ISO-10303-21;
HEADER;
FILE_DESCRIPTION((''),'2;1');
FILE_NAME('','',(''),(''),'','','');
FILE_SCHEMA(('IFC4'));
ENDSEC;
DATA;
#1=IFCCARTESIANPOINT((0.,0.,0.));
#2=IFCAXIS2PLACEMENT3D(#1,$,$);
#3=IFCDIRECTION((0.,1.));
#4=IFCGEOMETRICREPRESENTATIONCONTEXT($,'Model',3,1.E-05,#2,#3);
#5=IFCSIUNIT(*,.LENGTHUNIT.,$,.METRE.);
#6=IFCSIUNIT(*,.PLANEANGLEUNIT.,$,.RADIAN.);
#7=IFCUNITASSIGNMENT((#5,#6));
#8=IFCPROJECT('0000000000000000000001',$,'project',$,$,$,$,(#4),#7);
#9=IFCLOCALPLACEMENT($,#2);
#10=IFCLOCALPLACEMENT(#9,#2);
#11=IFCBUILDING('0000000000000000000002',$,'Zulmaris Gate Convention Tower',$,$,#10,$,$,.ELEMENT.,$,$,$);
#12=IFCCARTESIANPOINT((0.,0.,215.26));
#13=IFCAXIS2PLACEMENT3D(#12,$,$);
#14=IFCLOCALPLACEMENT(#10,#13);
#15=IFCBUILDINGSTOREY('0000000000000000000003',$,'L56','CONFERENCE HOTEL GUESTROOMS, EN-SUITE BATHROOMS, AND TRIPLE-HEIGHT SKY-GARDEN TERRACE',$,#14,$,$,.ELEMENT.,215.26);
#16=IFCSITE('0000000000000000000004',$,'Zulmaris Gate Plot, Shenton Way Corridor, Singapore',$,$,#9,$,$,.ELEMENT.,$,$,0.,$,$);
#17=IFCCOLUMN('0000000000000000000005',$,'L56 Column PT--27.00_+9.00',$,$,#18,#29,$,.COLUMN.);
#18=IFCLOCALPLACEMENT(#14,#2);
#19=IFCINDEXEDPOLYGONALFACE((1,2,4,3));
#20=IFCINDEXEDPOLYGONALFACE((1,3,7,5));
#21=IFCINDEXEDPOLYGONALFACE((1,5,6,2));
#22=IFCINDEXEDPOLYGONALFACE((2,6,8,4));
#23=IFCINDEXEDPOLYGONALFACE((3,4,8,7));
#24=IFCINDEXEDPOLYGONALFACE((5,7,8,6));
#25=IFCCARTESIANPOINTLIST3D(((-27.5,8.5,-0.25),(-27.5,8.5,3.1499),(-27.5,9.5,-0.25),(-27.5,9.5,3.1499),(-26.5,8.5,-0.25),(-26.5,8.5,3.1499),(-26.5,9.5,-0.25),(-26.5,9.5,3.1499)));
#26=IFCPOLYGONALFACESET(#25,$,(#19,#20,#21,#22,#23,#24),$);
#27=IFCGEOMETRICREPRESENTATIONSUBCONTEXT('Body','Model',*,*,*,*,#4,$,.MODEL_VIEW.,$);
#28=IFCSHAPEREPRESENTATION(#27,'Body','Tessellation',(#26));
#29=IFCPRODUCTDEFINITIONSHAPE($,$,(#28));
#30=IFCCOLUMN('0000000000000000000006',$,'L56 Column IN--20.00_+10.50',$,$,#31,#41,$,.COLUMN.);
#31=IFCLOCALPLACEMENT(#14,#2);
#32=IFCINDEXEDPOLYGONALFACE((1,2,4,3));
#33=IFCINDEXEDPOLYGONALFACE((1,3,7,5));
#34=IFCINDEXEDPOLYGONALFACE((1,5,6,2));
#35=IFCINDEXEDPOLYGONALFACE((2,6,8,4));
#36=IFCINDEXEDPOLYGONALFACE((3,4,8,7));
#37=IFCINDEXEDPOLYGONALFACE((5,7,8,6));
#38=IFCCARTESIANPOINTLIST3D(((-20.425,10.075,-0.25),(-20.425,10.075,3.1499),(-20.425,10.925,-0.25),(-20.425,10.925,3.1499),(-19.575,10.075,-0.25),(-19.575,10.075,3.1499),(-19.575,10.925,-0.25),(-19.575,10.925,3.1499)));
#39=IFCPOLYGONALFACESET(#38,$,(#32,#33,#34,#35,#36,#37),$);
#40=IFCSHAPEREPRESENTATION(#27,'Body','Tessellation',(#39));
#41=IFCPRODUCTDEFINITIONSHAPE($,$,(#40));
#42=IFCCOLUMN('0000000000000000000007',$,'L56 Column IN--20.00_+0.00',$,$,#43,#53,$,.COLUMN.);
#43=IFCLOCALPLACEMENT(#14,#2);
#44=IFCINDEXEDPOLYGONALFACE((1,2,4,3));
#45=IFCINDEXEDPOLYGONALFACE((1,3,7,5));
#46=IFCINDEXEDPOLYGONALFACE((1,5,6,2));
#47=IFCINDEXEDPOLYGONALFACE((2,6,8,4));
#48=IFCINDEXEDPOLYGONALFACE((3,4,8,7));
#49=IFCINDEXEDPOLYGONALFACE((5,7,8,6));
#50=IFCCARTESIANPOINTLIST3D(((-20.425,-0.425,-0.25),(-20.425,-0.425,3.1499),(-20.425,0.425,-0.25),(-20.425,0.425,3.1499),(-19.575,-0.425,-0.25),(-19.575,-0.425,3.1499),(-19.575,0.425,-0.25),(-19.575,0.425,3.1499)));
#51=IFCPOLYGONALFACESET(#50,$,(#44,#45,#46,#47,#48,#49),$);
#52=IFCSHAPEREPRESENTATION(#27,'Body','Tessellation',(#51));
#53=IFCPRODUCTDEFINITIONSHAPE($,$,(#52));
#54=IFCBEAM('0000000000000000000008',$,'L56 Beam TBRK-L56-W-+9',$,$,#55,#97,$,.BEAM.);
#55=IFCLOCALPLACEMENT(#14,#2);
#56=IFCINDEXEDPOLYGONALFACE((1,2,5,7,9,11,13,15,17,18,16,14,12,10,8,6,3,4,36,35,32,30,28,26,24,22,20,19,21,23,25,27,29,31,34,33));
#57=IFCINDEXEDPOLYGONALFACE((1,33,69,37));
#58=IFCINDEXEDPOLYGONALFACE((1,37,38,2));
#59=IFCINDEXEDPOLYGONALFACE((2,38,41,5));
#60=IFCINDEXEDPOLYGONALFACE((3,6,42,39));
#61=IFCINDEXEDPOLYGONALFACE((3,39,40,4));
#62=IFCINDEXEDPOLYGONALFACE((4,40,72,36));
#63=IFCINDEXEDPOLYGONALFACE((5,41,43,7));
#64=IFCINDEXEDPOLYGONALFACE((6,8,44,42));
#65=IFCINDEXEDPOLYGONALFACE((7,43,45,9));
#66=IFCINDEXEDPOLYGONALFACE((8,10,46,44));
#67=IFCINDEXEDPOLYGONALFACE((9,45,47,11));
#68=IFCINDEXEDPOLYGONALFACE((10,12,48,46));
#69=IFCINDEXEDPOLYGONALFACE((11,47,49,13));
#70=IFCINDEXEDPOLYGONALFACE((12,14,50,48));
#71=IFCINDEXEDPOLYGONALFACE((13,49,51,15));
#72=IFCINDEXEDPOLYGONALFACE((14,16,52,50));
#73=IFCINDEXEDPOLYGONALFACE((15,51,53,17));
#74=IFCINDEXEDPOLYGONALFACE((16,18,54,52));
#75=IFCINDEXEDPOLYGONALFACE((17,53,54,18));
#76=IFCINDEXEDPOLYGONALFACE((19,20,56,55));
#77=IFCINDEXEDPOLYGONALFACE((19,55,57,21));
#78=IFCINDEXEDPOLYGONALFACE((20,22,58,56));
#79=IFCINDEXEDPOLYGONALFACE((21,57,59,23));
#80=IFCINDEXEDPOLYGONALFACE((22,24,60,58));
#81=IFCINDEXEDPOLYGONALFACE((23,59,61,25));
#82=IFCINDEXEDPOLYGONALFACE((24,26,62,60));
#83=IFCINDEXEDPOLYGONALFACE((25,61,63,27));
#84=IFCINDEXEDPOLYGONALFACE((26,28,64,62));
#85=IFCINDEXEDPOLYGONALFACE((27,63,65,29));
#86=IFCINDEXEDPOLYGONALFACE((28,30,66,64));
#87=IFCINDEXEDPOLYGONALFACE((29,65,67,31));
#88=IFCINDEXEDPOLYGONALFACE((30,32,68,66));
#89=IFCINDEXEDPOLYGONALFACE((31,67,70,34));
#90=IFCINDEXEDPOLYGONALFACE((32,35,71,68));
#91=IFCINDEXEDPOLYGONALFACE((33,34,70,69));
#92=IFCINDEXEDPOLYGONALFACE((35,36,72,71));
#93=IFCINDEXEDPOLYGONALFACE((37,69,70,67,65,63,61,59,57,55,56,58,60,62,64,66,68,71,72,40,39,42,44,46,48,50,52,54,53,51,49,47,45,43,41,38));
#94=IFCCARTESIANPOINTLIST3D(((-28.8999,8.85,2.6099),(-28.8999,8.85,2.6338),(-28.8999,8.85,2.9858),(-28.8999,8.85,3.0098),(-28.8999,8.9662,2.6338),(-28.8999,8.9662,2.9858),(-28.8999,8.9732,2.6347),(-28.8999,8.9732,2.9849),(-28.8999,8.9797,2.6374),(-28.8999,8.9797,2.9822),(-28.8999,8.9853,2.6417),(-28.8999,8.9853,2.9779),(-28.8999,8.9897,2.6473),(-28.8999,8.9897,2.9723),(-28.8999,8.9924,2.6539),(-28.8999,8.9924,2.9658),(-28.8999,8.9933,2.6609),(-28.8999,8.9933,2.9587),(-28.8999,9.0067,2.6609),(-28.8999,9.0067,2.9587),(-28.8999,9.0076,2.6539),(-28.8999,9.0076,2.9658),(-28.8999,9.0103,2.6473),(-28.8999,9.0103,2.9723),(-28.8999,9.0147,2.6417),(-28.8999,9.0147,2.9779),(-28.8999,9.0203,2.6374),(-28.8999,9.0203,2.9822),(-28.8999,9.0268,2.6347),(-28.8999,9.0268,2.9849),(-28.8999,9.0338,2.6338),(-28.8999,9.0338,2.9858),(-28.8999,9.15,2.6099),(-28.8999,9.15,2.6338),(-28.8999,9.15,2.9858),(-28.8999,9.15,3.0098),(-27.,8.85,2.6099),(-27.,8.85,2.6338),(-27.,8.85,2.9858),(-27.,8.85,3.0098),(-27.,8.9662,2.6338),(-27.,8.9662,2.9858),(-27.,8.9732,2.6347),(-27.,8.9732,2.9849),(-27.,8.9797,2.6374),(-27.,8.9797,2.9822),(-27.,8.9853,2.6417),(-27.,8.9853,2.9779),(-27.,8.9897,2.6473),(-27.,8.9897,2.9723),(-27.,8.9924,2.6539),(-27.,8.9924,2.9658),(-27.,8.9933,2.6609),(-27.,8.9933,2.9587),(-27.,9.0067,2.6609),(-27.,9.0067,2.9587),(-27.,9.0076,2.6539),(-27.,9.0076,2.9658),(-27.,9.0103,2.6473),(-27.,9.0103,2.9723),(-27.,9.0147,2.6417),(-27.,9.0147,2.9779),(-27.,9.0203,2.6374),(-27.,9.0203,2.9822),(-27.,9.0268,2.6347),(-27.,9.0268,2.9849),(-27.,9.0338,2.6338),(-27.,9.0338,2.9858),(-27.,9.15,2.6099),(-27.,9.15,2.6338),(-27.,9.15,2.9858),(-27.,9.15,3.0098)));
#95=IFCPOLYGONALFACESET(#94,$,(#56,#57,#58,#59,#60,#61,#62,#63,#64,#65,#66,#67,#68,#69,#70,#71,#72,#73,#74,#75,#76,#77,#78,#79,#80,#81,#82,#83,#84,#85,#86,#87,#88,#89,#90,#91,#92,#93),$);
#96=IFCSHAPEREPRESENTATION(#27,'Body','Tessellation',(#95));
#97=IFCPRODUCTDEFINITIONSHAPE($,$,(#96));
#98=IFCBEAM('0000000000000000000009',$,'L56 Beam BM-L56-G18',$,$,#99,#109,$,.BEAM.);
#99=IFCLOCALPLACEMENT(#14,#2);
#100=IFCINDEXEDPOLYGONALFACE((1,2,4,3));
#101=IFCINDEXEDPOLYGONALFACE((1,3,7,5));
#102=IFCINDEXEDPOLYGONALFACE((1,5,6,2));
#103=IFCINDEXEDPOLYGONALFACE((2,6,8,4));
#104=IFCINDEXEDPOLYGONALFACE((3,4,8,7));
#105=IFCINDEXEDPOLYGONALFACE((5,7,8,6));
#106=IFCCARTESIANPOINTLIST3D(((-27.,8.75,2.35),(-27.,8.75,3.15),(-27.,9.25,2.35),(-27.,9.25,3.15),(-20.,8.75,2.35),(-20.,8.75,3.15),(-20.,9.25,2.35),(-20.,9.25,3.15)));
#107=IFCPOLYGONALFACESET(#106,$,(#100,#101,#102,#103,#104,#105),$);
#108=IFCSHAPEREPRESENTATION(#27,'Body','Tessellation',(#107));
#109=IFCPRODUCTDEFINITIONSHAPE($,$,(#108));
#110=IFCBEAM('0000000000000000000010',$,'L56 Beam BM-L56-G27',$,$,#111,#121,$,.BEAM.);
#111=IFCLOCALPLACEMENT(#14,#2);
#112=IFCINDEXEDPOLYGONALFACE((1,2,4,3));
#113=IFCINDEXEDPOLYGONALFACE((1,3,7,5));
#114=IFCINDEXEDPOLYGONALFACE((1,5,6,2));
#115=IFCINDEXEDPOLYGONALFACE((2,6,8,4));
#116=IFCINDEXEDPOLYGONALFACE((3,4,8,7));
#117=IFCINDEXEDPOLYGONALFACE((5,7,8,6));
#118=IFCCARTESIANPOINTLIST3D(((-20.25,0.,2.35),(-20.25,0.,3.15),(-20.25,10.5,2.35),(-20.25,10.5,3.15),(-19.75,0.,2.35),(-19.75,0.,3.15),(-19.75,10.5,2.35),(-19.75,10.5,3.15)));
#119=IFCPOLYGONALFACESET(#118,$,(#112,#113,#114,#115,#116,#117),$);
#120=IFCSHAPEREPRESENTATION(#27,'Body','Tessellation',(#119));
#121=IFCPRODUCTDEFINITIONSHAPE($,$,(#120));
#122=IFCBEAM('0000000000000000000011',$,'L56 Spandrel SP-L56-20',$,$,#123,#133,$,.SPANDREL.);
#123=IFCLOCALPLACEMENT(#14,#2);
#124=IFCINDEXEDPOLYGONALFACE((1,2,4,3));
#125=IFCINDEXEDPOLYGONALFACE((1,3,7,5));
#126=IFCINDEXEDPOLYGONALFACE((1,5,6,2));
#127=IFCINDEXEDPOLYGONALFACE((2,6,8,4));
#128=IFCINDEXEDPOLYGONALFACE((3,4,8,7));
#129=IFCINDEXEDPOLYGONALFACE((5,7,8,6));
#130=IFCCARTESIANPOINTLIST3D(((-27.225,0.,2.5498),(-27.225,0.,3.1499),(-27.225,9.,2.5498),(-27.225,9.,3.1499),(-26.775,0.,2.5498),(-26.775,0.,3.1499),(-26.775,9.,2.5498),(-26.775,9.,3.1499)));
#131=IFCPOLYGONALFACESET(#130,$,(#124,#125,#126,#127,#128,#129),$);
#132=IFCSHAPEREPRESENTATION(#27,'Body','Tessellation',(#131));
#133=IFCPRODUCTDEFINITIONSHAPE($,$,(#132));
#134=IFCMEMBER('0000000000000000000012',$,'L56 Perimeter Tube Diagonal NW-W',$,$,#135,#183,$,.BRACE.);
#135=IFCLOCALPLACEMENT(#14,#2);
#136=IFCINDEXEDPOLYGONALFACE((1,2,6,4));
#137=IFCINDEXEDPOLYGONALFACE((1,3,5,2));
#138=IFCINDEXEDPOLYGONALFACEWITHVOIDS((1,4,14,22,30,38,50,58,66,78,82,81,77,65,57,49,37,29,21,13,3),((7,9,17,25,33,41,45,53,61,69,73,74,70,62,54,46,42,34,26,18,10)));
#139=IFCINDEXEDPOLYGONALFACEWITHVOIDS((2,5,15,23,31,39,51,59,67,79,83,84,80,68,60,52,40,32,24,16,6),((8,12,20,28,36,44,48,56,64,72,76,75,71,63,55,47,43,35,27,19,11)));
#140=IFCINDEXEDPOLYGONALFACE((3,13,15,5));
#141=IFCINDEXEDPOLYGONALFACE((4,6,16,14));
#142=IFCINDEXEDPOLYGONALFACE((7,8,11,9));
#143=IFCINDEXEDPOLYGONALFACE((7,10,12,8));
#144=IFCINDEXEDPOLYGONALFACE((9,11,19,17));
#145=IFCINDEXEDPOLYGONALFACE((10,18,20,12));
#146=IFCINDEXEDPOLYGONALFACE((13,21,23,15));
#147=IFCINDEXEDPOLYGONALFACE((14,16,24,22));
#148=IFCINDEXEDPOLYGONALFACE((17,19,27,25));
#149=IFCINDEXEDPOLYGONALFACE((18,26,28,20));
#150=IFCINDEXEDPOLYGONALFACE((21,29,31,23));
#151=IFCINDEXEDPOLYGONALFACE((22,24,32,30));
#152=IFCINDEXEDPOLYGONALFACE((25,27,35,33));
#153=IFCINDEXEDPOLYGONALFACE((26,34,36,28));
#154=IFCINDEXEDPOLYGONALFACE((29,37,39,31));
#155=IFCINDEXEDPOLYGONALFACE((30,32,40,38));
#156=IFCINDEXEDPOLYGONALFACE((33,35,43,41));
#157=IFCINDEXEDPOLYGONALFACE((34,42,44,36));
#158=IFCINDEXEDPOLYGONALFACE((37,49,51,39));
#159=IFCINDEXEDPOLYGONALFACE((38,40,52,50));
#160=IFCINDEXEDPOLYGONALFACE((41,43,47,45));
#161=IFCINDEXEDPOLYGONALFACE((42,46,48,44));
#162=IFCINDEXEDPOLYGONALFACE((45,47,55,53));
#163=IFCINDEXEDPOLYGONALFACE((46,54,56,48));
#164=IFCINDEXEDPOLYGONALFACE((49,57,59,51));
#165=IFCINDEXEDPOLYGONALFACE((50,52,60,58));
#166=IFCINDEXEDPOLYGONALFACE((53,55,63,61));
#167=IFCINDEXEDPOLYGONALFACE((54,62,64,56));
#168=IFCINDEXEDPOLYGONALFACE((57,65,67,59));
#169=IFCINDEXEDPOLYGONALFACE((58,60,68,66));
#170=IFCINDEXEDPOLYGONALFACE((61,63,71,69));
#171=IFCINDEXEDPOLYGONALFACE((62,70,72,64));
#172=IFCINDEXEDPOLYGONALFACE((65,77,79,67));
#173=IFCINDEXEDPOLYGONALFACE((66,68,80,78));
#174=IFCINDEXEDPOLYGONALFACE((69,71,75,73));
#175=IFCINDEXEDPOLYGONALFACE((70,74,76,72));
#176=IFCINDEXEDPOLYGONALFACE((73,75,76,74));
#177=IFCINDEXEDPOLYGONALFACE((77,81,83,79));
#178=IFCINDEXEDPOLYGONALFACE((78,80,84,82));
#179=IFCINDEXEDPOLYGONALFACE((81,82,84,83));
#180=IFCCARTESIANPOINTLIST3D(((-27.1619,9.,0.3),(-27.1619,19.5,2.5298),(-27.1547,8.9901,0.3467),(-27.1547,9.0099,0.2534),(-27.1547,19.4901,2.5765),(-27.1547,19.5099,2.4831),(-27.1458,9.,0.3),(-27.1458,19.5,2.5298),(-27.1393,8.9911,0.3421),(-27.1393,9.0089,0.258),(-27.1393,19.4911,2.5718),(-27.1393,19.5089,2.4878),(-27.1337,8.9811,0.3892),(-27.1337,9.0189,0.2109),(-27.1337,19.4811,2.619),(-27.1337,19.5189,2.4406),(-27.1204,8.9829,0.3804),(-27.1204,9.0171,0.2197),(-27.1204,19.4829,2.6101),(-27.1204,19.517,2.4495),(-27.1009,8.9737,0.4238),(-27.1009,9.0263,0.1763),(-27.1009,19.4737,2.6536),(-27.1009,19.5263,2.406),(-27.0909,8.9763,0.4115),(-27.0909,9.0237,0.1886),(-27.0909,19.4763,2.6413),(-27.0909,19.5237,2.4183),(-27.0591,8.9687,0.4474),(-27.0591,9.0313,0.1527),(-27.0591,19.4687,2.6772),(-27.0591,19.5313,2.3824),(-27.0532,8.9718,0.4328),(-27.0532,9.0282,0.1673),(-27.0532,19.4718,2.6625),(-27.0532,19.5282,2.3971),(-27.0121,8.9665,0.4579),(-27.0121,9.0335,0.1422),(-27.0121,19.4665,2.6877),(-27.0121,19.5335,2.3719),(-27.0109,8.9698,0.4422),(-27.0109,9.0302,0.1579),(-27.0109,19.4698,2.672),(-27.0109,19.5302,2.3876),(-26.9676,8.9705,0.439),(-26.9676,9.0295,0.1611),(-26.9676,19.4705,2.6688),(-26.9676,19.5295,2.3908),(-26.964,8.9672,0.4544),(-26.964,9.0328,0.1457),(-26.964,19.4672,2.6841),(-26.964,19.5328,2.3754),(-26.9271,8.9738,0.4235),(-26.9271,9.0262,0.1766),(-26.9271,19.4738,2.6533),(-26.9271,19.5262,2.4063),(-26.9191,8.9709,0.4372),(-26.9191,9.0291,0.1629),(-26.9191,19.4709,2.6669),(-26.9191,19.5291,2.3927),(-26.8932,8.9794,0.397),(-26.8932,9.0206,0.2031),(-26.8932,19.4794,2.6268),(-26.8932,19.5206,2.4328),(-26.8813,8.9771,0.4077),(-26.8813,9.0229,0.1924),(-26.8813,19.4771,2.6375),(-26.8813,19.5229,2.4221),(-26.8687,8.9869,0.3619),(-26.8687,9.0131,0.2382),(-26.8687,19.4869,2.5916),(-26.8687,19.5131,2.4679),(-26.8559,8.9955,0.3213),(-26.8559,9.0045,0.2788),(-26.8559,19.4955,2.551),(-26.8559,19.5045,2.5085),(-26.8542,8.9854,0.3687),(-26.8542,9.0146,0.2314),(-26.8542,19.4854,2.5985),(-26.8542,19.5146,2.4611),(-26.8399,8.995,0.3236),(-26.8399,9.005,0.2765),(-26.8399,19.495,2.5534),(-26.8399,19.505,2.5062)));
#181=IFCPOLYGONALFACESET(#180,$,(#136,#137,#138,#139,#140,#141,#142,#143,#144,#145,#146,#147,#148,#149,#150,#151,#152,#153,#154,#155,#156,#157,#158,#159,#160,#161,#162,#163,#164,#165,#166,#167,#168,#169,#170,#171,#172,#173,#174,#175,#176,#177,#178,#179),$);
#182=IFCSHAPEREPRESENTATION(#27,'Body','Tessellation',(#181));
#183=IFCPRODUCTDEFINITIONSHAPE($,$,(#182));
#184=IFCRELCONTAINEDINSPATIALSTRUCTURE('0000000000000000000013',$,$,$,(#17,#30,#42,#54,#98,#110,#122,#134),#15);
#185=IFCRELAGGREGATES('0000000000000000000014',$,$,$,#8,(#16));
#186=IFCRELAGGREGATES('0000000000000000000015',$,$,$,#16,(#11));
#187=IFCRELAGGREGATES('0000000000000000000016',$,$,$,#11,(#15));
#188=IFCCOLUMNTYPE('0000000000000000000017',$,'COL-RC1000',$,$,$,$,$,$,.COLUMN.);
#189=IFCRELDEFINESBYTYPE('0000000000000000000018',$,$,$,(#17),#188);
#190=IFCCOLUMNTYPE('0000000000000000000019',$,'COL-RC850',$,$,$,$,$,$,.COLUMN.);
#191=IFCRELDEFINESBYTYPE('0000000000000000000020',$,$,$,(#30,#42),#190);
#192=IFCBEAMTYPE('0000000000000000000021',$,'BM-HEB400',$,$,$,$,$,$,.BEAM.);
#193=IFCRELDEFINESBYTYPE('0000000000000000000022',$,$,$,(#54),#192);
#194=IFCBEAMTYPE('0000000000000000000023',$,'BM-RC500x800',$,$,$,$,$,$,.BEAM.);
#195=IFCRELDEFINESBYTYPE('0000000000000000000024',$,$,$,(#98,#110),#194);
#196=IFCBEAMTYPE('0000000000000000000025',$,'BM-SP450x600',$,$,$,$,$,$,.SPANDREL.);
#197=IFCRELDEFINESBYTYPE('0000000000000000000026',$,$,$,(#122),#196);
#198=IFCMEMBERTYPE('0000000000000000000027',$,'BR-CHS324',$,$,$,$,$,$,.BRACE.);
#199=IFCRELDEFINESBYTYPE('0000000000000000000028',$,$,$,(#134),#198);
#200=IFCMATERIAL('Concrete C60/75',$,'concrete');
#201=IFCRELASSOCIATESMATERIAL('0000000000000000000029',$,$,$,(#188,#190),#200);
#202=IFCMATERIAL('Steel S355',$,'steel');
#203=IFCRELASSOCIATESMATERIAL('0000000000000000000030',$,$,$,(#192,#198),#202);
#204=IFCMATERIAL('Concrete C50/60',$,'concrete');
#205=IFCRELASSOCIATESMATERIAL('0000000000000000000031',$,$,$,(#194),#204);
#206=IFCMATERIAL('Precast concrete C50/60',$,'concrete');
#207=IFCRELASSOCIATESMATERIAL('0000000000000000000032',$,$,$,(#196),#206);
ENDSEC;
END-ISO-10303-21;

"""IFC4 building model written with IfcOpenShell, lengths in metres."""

from ifc_helpers import new_model, si_unit, direction, frame, origin, origin_2d, place, context, subcontext, project, spatial, rectangle, hollow_circle, i_section, extrude, material, material_profile, profile_set, type_object, element, save


model = new_model("IFC4")

# Units and contexts
model_context = context("Model", 3, precision=1e-05, world=origin(), true_north=direction((0.0, 1.0)))
body_context = subcontext(model_context, "Body", "Model", "MODEL_VIEW")
ifc_project = project(units=[si_unit("LENGTHUNIT", "METRE"), si_unit("PLANEANGLEUNIT", "RADIAN")], contexts=[model_context])

# Site, building, storey
site_placement = place(None, origin())
site = spatial("IfcSite", under=ifc_project, at=site_placement, Name="Zulmaris Gate Plot, Shenton Way Corridor, Singapore", CompositionType="ELEMENT", RefElevation=0.0)
building_placement = place(site_placement, origin())
building = spatial("IfcBuilding", under=site, at=building_placement, Name="Zulmaris Gate Convention Tower", CompositionType="ELEMENT")
storey_placement = place(building_placement, frame((0.0, 0.0, 215.26)))
storey = spatial("IfcBuildingStorey", under=building, at=storey_placement, Name="L56", Description="CONFERENCE HOTEL GUESTROOMS, EN-SUITE BATHROOMS, AND TRIPLE-HEIGHT SKY-GARDEN TERRACE", CompositionType="ELEMENT", Elevation=215.26)

# Columns
ifc_material_1 = material(Name="Concrete C60/75", Category="concrete")
ifc_material_profile_1 = material_profile(ifc_material_1, rectangle(XDim=1.0, YDim=1.0, at=origin_2d()), Name="RC COL 1000x1000")
ifc_profile_set_1 = profile_set([ifc_material_profile_1], Name="Concrete C60/75")
column_type_1 = type_object("IfcColumnType", Name="COL-RC1000", PredefinedType="COLUMN", material=ifc_profile_set_1)
column_placement = place(storey_placement, frame((-27.0, 9.0, -0.25), z_axis=(0.0, 0.0, 1.0), x_axis=(1.0, 0.0, 0.0)))
element("IfcColumn", 1, at=column_placement, inside=storey, type_object=column_type_1, Name="L56 Column PT--27.00_+9.00", PredefinedType="COLUMN", context=body_context, shape_type="SweptSolid", body=[
    extrude(rectangle(XDim=1.0, YDim=1.0, at=origin_2d()), origin(), (0.0, 0.0, 1.0), 3.3999),
])
ifc_material_profile_2 = material_profile(ifc_material_1, rectangle(XDim=0.8501, YDim=0.8501, at=origin_2d()), Name="RC COL 850x850")
ifc_profile_set_2 = profile_set([ifc_material_profile_2], Name="Concrete C60/75")
column_type_2 = type_object("IfcColumnType", Name="COL-RC850", PredefinedType="COLUMN", material=ifc_profile_set_2)
for number, where, z_axis, x_axis, name in (
    (2, (-20.0, 10.5, -0.25), (0.0, 0.0, 1.0), (1.0, 0.0, 0.0), "L56 Column IN--20.00_+10.50"),
    (3, (-20.0, 0.0, -0.25), (0.0, 0.0, 1.0), (1.0, 0.0, 0.0), "L56 Column IN--20.00_+0.00"),
):
    element("IfcColumn", number, at=place(storey_placement, frame(where, z_axis=z_axis, x_axis=x_axis)), inside=storey, type_object=column_type_2, Name=name, PredefinedType="COLUMN", context=body_context, shape_type="SweptSolid", body=[
        extrude(rectangle(XDim=0.8501, YDim=0.8501, at=origin_2d()), origin(), (0.0, 0.0, 1.0), 3.3999),
    ])

# Beams
ifc_material_2 = material(Name="Steel S355", Category="steel")
ifc_material_profile_3 = material_profile(ifc_material_2, i_section(OverallWidth=0.3, OverallDepth=0.3999, WebThickness=0.0134, FlangeThickness=0.0239, FilletRadius=0.0271, at=origin_2d()), Name="HEB 400")
ifc_profile_set_3 = profile_set([ifc_material_profile_3], Name="Steel S355")
beam_type_1 = type_object("IfcBeamType", Name="BM-HEB400", PredefinedType="BEAM", material=ifc_profile_set_3)
beam_1_placement = place(storey_placement, frame((-28.8999, 9.0, 2.8098), z_axis=(1.0, 0.0, 0.0), x_axis=(0.0, 1.0, 0.0)))
element("IfcBeam", 4, at=beam_1_placement, inside=storey, type_object=beam_type_1, Name="L56 Beam TBRK-L56-W-+9", PredefinedType="BEAM", context=body_context, shape_type="SweptSolid", body=[
    extrude(i_section(OverallWidth=0.3, OverallDepth=0.3999, WebThickness=0.0134, FlangeThickness=0.0239, FilletRadius=0.0271, at=origin_2d()), origin(), (0.0, 0.0, 1.0), 1.8999),
])
ifc_material_3 = material(Name="Concrete C50/60", Category="concrete")
ifc_material_profile_4 = material_profile(ifc_material_3, rectangle(XDim=0.5, YDim=0.8, at=origin_2d()), Name="RC BEAM 500x800")
ifc_profile_set_4 = profile_set([ifc_material_profile_4], Name="Concrete C50/60")
beam_type_2 = type_object("IfcBeamType", Name="BM-RC500x800", PredefinedType="BEAM", material=ifc_profile_set_4)
beam_2_placement = place(storey_placement, frame((-27.0, 9.0, 2.75), z_axis=(1.0, 0.0, 0.0), x_axis=(0.0, 1.0, 0.0)))
element("IfcBeam", 5, at=beam_2_placement, inside=storey, type_object=beam_type_2, Name="L56 Beam BM-L56-G18", PredefinedType="BEAM", context=body_context, shape_type="SweptSolid", body=[
    extrude(rectangle(XDim=0.5, YDim=0.8, at=origin_2d()), origin(), (0.0, 0.0, 1.0), 7.0),
])
beam_3_placement = place(storey_placement, frame((-20.0, 0.0, 2.75), z_axis=(0.0, 1.0, 0.0), x_axis=(-1.0, 0.0, 0.0)))
element("IfcBeam", 6, at=beam_3_placement, inside=storey, type_object=beam_type_2, Name="L56 Beam BM-L56-G27", PredefinedType="BEAM", context=body_context, shape_type="SweptSolid", body=[
    extrude(rectangle(XDim=0.5, YDim=0.8, at=origin_2d()), origin(), (0.0, 0.0, 1.0), 10.5),
])
ifc_material_4 = material(Name="Precast concrete C50/60", Category="concrete")
ifc_material_profile_5 = material_profile(ifc_material_4, rectangle(XDim=0.45, YDim=0.6001, at=origin_2d()), Name="RC SPANDREL 450x600")
ifc_profile_set_5 = profile_set([ifc_material_profile_5], Name="Precast concrete C50/60")
beam_type_3 = type_object("IfcBeamType", Name="BM-SP450x600", PredefinedType="SPANDREL", material=ifc_profile_set_5)
beam_4_placement = place(storey_placement, frame((-27.0, 9.0, 2.8499), z_axis=(0.0, -1.0, 0.0), x_axis=(1.0, 0.0, 0.0)))
element("IfcBeam", 7, at=beam_4_placement, inside=storey, type_object=beam_type_3, Name="L56 Spandrel SP-L56-20", PredefinedType="SPANDREL", context=body_context, shape_type="SweptSolid", body=[
    extrude(rectangle(XDim=0.45, YDim=0.6001, at=origin_2d()), origin(), (0.0, 0.0, 1.0), 9.0),
])

# Member
ifc_material_profile_6 = material_profile(ifc_material_2, hollow_circle(Radius=0.1619, WallThickness=0.0161, at=origin_2d()), Name="CHS 323.9x16")
ifc_profile_set_6 = profile_set([ifc_material_profile_6], Name="Steel S355")
member_type = type_object("IfcMemberType", Name="BR-CHS324", PredefinedType="BRACE", material=ifc_profile_set_6)
member_placement = place(storey_placement, frame((-27.0, 9.0, 0.3), z_axis=(0.0, 0.978188, 0.207724), x_axis=(-1.0, 0.0, 0.0)))
element("IfcMember", 8, at=member_placement, inside=storey, type_object=member_type, Name="L56 Perimeter Tube Diagonal NW-W", PredefinedType="BRACE", context=body_context, shape_type="SweptSolid", body=[
    extrude(hollow_circle(Radius=0.1619, WallThickness=0.0161, at=origin_2d()), origin(), (0.0, 0.0, 1.0), 10.7341),
])

save(model, "model.ifc")
